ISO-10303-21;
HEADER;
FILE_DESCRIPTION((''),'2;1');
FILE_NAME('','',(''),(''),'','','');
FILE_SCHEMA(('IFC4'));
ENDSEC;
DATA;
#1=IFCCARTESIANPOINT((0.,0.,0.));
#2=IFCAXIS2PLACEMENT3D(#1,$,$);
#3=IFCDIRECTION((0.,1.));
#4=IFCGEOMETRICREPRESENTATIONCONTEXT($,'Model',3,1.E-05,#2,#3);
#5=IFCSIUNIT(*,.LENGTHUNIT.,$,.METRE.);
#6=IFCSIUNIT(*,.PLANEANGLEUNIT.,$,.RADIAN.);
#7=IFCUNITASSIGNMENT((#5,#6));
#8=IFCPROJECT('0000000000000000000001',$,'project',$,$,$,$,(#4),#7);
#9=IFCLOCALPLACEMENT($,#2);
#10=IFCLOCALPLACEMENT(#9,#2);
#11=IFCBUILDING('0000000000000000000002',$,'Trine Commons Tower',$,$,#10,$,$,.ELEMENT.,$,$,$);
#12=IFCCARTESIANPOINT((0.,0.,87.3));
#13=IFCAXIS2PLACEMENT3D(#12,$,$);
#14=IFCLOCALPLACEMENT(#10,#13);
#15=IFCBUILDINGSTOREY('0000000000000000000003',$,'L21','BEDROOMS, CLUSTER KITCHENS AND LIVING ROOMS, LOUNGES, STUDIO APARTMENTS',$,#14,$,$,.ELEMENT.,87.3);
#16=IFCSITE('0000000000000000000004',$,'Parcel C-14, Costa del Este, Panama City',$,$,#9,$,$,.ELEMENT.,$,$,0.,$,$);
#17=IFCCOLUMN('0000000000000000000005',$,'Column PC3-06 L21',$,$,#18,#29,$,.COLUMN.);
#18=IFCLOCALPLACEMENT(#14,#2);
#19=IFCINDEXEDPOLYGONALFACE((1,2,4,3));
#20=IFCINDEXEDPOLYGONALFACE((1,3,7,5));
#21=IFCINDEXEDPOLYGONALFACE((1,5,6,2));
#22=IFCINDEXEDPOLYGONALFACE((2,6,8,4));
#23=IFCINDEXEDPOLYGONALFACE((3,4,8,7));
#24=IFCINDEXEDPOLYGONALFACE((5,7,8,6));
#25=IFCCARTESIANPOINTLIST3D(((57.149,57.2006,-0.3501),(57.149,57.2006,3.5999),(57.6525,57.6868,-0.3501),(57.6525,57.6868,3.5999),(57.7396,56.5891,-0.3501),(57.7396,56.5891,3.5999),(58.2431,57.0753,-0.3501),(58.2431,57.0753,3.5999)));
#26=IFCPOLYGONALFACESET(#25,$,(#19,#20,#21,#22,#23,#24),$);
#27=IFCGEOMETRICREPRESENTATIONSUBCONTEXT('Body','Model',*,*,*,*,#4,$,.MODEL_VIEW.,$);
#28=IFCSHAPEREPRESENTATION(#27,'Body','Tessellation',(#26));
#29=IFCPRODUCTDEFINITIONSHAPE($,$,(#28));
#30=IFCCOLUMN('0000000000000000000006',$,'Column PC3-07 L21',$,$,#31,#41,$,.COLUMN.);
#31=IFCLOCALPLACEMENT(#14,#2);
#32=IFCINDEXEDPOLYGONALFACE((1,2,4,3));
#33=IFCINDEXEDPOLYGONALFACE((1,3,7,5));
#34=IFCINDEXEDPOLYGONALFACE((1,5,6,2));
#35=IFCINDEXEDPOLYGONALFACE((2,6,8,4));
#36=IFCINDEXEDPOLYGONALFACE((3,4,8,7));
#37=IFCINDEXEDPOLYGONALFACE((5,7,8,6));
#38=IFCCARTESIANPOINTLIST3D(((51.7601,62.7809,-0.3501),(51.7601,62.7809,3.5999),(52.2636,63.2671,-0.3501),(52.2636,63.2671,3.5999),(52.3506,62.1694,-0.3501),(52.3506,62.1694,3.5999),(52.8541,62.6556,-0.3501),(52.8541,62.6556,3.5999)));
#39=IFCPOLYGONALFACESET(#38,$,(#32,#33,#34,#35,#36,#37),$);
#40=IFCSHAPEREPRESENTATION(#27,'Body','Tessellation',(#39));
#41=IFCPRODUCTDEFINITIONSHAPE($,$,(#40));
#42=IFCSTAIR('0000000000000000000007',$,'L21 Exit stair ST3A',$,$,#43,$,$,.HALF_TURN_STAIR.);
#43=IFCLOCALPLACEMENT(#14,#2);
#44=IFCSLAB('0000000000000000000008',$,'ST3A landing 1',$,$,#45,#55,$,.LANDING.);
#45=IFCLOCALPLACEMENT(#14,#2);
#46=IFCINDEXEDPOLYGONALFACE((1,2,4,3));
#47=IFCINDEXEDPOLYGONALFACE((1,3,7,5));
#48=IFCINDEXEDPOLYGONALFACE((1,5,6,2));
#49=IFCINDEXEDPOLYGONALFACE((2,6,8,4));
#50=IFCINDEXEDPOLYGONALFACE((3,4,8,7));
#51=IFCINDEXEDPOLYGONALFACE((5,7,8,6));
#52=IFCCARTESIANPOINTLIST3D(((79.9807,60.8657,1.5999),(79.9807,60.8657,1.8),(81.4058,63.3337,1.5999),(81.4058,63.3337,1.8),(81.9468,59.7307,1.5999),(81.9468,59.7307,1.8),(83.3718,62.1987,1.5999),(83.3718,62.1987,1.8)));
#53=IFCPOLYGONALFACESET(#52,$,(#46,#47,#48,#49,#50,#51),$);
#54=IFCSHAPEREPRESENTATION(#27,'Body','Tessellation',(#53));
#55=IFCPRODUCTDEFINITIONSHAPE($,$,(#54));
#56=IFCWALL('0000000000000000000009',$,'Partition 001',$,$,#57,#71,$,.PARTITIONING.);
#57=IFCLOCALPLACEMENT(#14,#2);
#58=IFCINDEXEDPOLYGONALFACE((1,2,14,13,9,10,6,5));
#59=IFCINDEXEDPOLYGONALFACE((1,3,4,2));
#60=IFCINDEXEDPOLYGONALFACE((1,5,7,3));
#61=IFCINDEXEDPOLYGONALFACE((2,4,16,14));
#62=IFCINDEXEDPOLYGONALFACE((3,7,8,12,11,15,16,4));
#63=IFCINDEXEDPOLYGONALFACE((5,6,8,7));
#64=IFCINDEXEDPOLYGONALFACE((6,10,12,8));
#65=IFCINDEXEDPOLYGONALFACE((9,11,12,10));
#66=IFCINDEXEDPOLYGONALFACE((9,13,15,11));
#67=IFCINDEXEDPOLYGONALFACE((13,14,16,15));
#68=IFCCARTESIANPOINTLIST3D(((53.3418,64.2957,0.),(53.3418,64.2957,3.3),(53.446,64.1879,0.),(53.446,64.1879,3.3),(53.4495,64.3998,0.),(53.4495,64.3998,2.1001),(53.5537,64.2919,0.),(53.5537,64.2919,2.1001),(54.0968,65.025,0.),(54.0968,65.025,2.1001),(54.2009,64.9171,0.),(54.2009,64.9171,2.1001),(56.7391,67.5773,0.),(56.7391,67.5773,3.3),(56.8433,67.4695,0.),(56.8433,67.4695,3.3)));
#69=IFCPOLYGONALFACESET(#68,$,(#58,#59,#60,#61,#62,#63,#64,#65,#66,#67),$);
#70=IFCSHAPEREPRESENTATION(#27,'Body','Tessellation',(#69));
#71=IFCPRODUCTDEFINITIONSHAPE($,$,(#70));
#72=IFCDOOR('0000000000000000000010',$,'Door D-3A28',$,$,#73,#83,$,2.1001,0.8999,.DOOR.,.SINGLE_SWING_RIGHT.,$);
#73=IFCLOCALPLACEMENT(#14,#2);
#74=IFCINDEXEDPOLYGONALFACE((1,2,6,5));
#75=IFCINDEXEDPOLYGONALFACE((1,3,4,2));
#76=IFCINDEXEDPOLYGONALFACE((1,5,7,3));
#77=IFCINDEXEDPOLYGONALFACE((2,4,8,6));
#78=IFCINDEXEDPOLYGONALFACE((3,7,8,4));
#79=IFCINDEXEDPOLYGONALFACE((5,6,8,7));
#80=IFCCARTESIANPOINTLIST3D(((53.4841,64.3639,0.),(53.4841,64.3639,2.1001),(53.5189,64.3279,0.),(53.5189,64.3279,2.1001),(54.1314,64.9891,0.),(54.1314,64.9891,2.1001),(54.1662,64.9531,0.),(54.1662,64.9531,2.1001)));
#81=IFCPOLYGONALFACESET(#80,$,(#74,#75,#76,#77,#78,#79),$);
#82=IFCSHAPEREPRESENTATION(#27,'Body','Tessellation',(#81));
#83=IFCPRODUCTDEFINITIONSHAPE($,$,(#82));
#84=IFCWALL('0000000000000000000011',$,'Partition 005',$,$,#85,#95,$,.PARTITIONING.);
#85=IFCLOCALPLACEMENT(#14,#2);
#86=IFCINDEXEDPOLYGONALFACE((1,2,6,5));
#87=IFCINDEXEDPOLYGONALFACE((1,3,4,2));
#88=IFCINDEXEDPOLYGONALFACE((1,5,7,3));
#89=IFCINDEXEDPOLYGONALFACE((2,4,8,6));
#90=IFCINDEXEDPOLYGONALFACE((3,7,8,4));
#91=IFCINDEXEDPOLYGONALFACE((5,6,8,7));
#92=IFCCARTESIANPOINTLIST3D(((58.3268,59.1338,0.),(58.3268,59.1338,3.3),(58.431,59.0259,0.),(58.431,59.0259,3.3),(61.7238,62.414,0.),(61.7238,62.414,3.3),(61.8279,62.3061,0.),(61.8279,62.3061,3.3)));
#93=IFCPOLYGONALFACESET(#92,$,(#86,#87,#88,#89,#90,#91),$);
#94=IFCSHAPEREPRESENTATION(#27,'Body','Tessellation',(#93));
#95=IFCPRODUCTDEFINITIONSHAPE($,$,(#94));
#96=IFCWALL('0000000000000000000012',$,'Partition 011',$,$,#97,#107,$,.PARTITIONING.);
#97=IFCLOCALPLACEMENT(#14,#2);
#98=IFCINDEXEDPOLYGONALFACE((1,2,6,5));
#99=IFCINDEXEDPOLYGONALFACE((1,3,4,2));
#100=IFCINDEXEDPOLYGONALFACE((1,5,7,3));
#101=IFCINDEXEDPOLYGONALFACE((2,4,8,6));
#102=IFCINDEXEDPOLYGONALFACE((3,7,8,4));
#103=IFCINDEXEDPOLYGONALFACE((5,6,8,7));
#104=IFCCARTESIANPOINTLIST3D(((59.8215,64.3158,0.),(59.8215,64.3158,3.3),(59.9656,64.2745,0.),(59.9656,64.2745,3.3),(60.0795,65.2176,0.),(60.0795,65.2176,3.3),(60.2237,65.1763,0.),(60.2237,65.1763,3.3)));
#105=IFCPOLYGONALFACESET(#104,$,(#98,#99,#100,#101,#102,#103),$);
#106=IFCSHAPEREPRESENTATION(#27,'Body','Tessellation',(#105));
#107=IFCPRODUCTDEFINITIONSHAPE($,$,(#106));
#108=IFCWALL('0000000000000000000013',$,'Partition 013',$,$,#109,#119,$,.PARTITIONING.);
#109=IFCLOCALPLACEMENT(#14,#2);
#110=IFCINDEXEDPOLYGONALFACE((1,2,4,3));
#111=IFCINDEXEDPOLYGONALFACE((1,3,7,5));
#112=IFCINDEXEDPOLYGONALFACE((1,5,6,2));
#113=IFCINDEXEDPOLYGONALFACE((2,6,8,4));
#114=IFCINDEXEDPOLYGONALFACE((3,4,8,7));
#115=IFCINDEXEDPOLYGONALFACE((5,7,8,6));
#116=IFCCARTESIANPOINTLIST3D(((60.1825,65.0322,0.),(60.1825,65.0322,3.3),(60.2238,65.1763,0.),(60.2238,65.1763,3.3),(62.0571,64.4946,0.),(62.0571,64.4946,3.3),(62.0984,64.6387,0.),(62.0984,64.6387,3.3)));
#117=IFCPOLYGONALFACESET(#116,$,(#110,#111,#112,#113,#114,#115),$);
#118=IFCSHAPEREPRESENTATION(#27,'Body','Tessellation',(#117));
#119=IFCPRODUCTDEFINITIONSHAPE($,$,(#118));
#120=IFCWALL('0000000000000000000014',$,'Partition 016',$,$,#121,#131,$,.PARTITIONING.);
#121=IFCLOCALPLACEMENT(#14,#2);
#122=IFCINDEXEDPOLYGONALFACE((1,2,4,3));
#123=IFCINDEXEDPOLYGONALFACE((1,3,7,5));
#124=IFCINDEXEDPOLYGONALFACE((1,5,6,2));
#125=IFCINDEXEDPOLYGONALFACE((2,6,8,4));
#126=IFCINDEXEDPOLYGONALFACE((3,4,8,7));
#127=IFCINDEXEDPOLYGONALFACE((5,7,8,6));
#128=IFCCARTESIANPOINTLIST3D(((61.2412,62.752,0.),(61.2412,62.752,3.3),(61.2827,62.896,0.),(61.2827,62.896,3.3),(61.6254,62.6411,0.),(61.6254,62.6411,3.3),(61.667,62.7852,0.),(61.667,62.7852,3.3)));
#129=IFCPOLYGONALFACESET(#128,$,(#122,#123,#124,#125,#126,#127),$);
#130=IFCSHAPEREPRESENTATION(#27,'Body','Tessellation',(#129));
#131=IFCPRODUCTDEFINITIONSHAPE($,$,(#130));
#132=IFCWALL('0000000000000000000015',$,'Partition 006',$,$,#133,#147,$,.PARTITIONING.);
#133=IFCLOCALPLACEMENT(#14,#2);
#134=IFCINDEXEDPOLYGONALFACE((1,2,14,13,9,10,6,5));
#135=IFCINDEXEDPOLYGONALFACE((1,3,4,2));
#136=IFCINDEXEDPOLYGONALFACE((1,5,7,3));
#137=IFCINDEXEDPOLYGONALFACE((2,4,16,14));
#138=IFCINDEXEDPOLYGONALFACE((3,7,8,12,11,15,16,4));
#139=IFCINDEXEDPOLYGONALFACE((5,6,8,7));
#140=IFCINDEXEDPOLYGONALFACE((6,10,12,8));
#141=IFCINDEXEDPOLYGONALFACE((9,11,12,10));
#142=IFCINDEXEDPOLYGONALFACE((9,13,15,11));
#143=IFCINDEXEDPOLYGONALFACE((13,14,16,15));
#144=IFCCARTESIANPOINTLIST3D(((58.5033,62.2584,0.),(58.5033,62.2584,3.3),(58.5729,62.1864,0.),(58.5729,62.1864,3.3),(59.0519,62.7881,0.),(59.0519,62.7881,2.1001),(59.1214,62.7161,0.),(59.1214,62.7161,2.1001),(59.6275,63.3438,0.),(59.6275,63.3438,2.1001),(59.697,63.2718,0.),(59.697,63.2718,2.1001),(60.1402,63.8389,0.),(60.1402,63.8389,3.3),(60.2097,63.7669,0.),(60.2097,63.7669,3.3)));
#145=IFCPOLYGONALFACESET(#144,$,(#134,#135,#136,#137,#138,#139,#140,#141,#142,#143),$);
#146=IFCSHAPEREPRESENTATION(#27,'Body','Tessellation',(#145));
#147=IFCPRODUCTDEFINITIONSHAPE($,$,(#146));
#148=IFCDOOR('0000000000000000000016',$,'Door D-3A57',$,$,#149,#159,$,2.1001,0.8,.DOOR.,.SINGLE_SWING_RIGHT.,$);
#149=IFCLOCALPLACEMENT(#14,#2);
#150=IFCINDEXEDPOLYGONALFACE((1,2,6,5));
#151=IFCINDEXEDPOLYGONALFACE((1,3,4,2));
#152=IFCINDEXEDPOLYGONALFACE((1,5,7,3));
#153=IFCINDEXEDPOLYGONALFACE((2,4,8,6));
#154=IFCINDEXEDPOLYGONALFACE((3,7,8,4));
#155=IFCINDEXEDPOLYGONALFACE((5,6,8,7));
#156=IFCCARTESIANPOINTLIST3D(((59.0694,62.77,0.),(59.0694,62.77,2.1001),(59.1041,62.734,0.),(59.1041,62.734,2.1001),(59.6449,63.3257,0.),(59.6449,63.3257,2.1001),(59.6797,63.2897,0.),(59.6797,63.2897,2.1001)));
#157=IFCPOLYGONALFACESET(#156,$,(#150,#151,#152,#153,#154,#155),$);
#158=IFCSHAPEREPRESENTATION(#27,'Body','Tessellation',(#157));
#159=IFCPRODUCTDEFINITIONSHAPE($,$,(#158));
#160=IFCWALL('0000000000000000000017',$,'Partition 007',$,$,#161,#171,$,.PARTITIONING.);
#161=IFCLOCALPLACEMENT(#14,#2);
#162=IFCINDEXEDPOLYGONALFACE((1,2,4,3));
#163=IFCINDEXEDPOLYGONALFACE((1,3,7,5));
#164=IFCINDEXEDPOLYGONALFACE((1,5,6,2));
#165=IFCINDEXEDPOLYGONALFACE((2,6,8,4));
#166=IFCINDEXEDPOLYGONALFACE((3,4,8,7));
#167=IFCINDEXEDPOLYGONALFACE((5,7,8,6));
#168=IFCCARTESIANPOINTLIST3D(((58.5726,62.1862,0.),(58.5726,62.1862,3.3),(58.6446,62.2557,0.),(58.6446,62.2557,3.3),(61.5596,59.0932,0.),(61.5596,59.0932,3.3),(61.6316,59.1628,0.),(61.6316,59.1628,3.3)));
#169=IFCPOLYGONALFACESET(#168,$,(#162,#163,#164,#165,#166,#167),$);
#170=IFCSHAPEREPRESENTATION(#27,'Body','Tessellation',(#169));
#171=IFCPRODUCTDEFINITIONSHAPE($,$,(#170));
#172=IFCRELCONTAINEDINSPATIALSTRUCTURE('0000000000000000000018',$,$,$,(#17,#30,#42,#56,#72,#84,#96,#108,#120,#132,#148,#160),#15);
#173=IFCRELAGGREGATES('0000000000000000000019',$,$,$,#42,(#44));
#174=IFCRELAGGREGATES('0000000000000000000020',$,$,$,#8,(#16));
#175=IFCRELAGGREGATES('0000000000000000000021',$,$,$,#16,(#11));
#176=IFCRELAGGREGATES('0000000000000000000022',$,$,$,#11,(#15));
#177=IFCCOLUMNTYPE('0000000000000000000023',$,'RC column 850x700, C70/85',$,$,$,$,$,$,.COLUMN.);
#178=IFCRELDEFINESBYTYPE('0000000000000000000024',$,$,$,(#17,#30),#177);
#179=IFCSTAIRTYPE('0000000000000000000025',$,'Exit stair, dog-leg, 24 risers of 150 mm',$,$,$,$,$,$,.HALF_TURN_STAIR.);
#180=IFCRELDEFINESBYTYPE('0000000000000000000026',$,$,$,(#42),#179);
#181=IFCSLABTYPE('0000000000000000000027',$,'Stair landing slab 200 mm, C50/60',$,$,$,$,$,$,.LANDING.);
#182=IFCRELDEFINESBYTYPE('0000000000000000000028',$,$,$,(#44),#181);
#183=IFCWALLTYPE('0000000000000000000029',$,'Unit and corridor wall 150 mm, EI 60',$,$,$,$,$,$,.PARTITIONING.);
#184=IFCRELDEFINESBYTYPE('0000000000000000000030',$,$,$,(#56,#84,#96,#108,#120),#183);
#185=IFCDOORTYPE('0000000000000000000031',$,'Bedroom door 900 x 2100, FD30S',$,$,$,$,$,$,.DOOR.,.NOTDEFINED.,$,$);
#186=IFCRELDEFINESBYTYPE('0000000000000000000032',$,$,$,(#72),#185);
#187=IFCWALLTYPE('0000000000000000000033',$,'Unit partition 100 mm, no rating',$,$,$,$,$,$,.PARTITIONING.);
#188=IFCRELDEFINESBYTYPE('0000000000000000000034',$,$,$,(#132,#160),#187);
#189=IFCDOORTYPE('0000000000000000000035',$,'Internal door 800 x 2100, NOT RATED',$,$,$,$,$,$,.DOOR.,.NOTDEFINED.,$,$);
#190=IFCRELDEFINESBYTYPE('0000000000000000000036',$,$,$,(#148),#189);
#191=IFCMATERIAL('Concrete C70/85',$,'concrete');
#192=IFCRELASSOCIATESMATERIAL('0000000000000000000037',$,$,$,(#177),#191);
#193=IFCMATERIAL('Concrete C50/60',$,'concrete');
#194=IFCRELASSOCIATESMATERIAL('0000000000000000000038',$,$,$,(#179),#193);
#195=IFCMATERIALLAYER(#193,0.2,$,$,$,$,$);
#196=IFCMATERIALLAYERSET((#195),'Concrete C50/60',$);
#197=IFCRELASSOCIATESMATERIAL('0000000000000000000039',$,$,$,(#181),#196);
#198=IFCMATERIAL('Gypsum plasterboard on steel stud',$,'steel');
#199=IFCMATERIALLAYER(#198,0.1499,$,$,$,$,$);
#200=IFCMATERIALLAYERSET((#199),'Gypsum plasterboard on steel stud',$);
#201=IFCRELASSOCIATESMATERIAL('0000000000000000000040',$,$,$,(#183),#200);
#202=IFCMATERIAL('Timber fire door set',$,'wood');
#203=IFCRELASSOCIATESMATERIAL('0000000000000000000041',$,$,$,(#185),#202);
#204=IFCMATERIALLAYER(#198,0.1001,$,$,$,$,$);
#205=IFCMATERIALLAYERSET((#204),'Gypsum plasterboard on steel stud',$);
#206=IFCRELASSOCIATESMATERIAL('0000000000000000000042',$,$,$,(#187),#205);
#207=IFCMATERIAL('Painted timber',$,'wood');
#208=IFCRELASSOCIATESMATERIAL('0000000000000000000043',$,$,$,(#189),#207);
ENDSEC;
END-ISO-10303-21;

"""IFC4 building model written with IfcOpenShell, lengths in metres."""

from ifc_helpers import new_model, si_unit, direction, frame, frame_2d, origin, origin_2d, place, context, subcontext, project, spatial, polyline, rectangle, outline, extrude, material, layer, layer_set, material_profile, profile_set, type_object, element, fill, aggregate, save


model = new_model("IFC4")

# Units and contexts
model_context = context("Model", 3, precision=1e-05, world=origin(), true_north=direction((0.0, 1.0)))
body_context = subcontext(model_context, "Body", "Model", "MODEL_VIEW")
ifc_project = project(units=[si_unit("LENGTHUNIT", "METRE"), si_unit("PLANEANGLEUNIT", "RADIAN")], contexts=[model_context])

# Site, building, storey
site_placement = place(None, origin())
site = spatial("IfcSite", under=ifc_project, at=site_placement, Name="Parcel C-14, Costa del Este, Panama City", CompositionType="ELEMENT", RefElevation=0.0)
building_placement = place(site_placement, origin())
building = spatial("IfcBuilding", under=site, at=building_placement, Name="Trine Commons Tower", CompositionType="ELEMENT")
storey_placement = place(building_placement, frame((0.0, 0.0, 87.3)))
storey = spatial("IfcBuildingStorey", under=building, at=storey_placement, Name="L21", Description="BEDROOMS, CLUSTER KITCHENS AND LIVING ROOMS, LOUNGES, STUDIO APARTMENTS", CompositionType="ELEMENT", Elevation=87.3)

# Columns
ifc_material_1 = material(Name="Concrete C70/85", Category="concrete")
ifc_material_profile = material_profile(ifc_material_1, rectangle(XDim=0.8501, YDim=0.7, at=origin_2d()), Name="RC 850x700")
ifc_profile_set = profile_set([ifc_material_profile], Name="Concrete C70/85")
column_type = type_object("IfcColumnType", Name="RC column 850x700, C70/85", PredefinedType="COLUMN", material=ifc_profile_set)
for number, where, z_axis, x_axis, name in (
    (1, (57.696, 57.1379, -0.3501), (0.0, 0.0, 1.0), (-0.694658, 0.71934, 0.0), "Column PC3-06 L21"),
    (2, (52.3071, 62.7183, -0.3501), (0.0, 0.0, 1.0), (-0.694658, 0.71934, 0.0), "Column PC3-07 L21"),
):
    element("IfcColumn", number, at=place(storey_placement, frame(where, z_axis=z_axis, x_axis=x_axis)), inside=storey, type_object=column_type, Name=name, PredefinedType="COLUMN", context=body_context, shape_type="SweptSolid", body=[
        extrude(rectangle(XDim=0.8501, YDim=0.7, at=origin_2d()), origin(), (0.0, 0.0, 1.0), 3.95),
    ])

# Stair, slab
ifc_material_2 = material(Name="Concrete C50/60", Category="concrete")
stair_type = type_object("IfcStairType", Name="Exit stair, dog-leg, 24 risers of 150 mm", PredefinedType="HALF_TURN_STAIR", material=ifc_material_2)
stair_placement = place(storey_placement, origin())
stair = element("IfcStair", 3, at=stair_placement, inside=storey, type_object=stair_type, Name="L21 Exit stair ST3A", PredefinedType="HALF_TURN_STAIR")
ifc_layer_1 = layer(ifc_material_2, 0.2)
ifc_layer_set_1 = layer_set([ifc_layer_1], Name="Concrete C50/60")
slab_type = type_object("IfcSlabType", Name="Stair landing slab 200 mm, C50/60", PredefinedType="LANDING", material=ifc_layer_set_1)
slab_placement = place(storey_placement, frame((0.0, 0.0, 1.5999)))
slab = element("IfcSlab", 4, at=slab_placement, type_object=slab_type, Name="ST3A landing 1", PredefinedType="LANDING", context=body_context, shape_type="SweptSolid", body=[
    extrude(outline(polyline([(83.3718, 62.1987), (81.4058, 63.3337), (79.9807, 60.8657), (81.9468, 59.7307), (83.3718, 62.1987)])), origin(), (0.0, 0.0, 1.0), 0.2002),
])
aggregate(stair, [slab])

# Wall, opening, door
ifc_material_3 = material(Name="Gypsum plasterboard on steel stud", Category="steel")
ifc_layer_2 = layer(ifc_material_3, 0.1499)
ifc_layer_set_2 = layer_set([ifc_layer_2], Name="Gypsum plasterboard on steel stud")
wall_type_1 = type_object("IfcWallType", Name="Unit and corridor wall 150 mm, EI 60", PredefinedType="PARTITIONING", material=ifc_layer_set_2)
wall_1_placement = place(storey_placement, frame((53.3938, 64.2417, 0.0), z_axis=(0.0, 0.0, 1.0), x_axis=(0.719251, 0.69475, 0.0)))
wall_1 = element("IfcWall", 5, at=wall_1_placement, inside=storey, type_object=wall_type_1, Name="Partition 001", PredefinedType="PARTITIONING", context=body_context, shape_type="SweptSolid", body=[
    extrude(rectangle(XDim=4.7234, YDim=0.1499, at=frame_2d((2.3618, 0.0))), origin(), (0.0, 0.0, 1.0), 3.3),
])
opening_1_placement = place(wall_1_placement, frame((0.1499, 0.0, 0.0)))
opening_1 = element("IfcOpeningElement", 6, at=opening_1_placement, cuts=wall_1, PredefinedType="OPENING", context=body_context, shape_type="SweptSolid", body=[
    extrude(rectangle(XDim=0.8999, YDim=2.1001, at=frame_2d((0.45, 1.05))), frame((0.0, 0.085, 0.0), z_axis=(0.0, -1.0, 0.0), x_axis=(1.0, 0.0, 0.0)), (0.0, 0.0, 1.0), 0.1699),
])
ifc_material_4 = material(Name="Timber fire door set", Category="wood")
door_type_1 = type_object("IfcDoorType", Name="Bedroom door 900 x 2100, FD30S", OperationType="NOTDEFINED", PredefinedType="DOOR", material=ifc_material_4)
door_1_placement = place(opening_1_placement, frame((0.8999, 0.0, 0.0), z_axis=(0.0, 0.0, 1.0), x_axis=(-1.0, 0.0, 0.0)))
door_1 = element("IfcDoor", 7, at=door_1_placement, inside=storey, type_object=door_type_1, Name="Door D-3A28", OperationType="SINGLE_SWING_RIGHT", OverallHeight=2.1001, OverallWidth=0.8999, PredefinedType="DOOR", context=body_context, shape_type="SweptSolid", body=[
    extrude(rectangle(XDim=0.8999, YDim=2.1001, at=frame_2d((0.45, 1.05))), frame((0.0, 0.0249, 0.0), z_axis=(0.0, -1.0, 0.0), x_axis=(1.0, 0.0, 0.0)), (0.0, 0.0, 1.0), 0.05),
])
fill(opening_1, door_1)

# Walls
wall_2_placement = place(storey_placement, frame((58.3789, 59.0798, 0.0), z_axis=(0.0, 0.0, 1.0), x_axis=(0.719355, 0.694642, 0.0)))
element("IfcWall", 8, at=wall_2_placement, inside=storey, type_object=wall_type_1, Name="Partition 005", PredefinedType="PARTITIONING", context=body_context, shape_type="SweptSolid", body=[
    extrude(rectangle(XDim=4.7222, YDim=0.1499, at=frame_2d((2.3611, 0.0))), origin(), (0.0, 0.0, 1.0), 3.3),
])
wall_3_placement = place(storey_placement, frame((59.8936, 64.2952, 0.0), z_axis=(0.0, 0.0, 1.0), x_axis=(0.275099, 0.961416, 0.0)))
element("IfcWall", 9, at=wall_3_placement, inside=storey, type_object=wall_type_1, Name="Partition 011", PredefinedType="PARTITIONING", context=body_context, shape_type="SweptSolid", body=[
    extrude(rectangle(XDim=0.938, YDim=0.1499, at=frame_2d((0.469, 0.0))), origin(), (0.0, 0.0, 1.0), 3.3),
])
wall_4_placement = place(storey_placement, frame((60.2031, 65.1042, 0.0), z_axis=(0.0, 0.0, 1.0), x_axis=(0.961259, -0.275647, 0.0)))
element("IfcWall", 10, at=wall_4_placement, inside=storey, type_object=wall_type_1, Name="Partition 013", PredefinedType="PARTITIONING", context=body_context, shape_type="SweptSolid", body=[
    extrude(rectangle(XDim=1.9502, YDim=0.1499, at=frame_2d((0.9751, 0.0))), origin(), (0.0, 0.0, 1.0), 3.3),
])
wall_5_placement = place(storey_placement, frame((61.262, 62.824, 0.0), z_axis=(0.0, 0.0, 1.0), x_axis=(0.96083, -0.277139, 0.0)))
element("IfcWall", 11, at=wall_5_placement, inside=storey, type_object=wall_type_1, Name="Partition 016", PredefinedType="PARTITIONING", context=body_context, shape_type="SweptSolid", body=[
    extrude(rectangle(XDim=0.3999, YDim=0.1499, at=frame_2d((0.2, 0.0))), origin(), (0.0, 0.0, 1.0), 3.3),
])

# Wall, opening, door
ifc_layer_3 = layer(ifc_material_3, 0.1001)
ifc_layer_set_3 = layer_set([ifc_layer_3], Name="Gypsum plasterboard on steel stud")
wall_type_2 = type_object("IfcWallType", Name="Unit partition 100 mm, no rating", PredefinedType="PARTITIONING", material=ifc_layer_set_3)
wall_6_placement = place(storey_placement, frame((58.5381, 62.2224, 0.0), z_axis=(0.0, 0.0, 1.0), x_axis=(0.71939, 0.694606, 0.0)))
wall_6 = element("IfcWall", 12, at=wall_6_placement, inside=storey, type_object=wall_type_2, Name="Partition 006", PredefinedType="PARTITIONING", context=body_context, shape_type="SweptSolid", body=[
    extrude(rectangle(XDim=2.2754, YDim=0.1001, at=frame_2d((1.1377, 0.0))), origin(), (0.0, 0.0, 1.0), 3.3),
])
opening_2_placement = place(wall_6_placement, frame((0.7627, 0.0, 0.0)))
opening_2 = element("IfcOpeningElement", 13, at=opening_2_placement, cuts=wall_6, PredefinedType="OPENING", context=body_context, shape_type="SweptSolid", body=[
    extrude(rectangle(XDim=0.8, YDim=2.1001, at=frame_2d((0.3999, 1.05))), frame((0.0, 0.0601, 0.0), z_axis=(0.0, -1.0, 0.0), x_axis=(1.0, 0.0, 0.0)), (0.0, 0.0, 1.0), 0.1201),
])
ifc_material_5 = material(Name="Painted timber", Category="wood")
door_type_2 = type_object("IfcDoorType", Name="Internal door 800 x 2100, NOT RATED", OperationType="NOTDEFINED", PredefinedType="DOOR", material=ifc_material_5)
door_2_placement = place(opening_2_placement, origin())
door_2 = element("IfcDoor", 14, at=door_2_placement, inside=storey, type_object=door_type_2, Name="Door D-3A57", OperationType="SINGLE_SWING_RIGHT", OverallHeight=2.1001, OverallWidth=0.8, PredefinedType="DOOR", context=body_context, shape_type="SweptSolid", body=[
    extrude(rectangle(XDim=0.8, YDim=2.1001, at=frame_2d((0.3999, 1.05))), frame((0.0, 0.0249, 0.0), z_axis=(0.0, -1.0, 0.0), x_axis=(1.0, 0.0, 0.0)), (0.0, 0.0, 1.0), 0.05),
])
fill(opening_2, door_2)

# Wall
wall_7_placement = place(storey_placement, frame((58.6086, 62.2209, 0.0), z_axis=(0.0, 0.0, 1.0), x_axis=(0.694679, -0.71932, 0.0)))
element("IfcWall", 15, at=wall_7_placement, inside=storey, type_object=wall_type_2, Name="Partition 007", PredefinedType="PARTITIONING", context=body_context, shape_type="SweptSolid", body=[
    extrude(rectangle(XDim=4.2998, YDim=0.1001, at=frame_2d((2.1499, 0.0))), origin(), (0.0, 0.0, 1.0), 3.3),
])

save(model, "model.ifc")
